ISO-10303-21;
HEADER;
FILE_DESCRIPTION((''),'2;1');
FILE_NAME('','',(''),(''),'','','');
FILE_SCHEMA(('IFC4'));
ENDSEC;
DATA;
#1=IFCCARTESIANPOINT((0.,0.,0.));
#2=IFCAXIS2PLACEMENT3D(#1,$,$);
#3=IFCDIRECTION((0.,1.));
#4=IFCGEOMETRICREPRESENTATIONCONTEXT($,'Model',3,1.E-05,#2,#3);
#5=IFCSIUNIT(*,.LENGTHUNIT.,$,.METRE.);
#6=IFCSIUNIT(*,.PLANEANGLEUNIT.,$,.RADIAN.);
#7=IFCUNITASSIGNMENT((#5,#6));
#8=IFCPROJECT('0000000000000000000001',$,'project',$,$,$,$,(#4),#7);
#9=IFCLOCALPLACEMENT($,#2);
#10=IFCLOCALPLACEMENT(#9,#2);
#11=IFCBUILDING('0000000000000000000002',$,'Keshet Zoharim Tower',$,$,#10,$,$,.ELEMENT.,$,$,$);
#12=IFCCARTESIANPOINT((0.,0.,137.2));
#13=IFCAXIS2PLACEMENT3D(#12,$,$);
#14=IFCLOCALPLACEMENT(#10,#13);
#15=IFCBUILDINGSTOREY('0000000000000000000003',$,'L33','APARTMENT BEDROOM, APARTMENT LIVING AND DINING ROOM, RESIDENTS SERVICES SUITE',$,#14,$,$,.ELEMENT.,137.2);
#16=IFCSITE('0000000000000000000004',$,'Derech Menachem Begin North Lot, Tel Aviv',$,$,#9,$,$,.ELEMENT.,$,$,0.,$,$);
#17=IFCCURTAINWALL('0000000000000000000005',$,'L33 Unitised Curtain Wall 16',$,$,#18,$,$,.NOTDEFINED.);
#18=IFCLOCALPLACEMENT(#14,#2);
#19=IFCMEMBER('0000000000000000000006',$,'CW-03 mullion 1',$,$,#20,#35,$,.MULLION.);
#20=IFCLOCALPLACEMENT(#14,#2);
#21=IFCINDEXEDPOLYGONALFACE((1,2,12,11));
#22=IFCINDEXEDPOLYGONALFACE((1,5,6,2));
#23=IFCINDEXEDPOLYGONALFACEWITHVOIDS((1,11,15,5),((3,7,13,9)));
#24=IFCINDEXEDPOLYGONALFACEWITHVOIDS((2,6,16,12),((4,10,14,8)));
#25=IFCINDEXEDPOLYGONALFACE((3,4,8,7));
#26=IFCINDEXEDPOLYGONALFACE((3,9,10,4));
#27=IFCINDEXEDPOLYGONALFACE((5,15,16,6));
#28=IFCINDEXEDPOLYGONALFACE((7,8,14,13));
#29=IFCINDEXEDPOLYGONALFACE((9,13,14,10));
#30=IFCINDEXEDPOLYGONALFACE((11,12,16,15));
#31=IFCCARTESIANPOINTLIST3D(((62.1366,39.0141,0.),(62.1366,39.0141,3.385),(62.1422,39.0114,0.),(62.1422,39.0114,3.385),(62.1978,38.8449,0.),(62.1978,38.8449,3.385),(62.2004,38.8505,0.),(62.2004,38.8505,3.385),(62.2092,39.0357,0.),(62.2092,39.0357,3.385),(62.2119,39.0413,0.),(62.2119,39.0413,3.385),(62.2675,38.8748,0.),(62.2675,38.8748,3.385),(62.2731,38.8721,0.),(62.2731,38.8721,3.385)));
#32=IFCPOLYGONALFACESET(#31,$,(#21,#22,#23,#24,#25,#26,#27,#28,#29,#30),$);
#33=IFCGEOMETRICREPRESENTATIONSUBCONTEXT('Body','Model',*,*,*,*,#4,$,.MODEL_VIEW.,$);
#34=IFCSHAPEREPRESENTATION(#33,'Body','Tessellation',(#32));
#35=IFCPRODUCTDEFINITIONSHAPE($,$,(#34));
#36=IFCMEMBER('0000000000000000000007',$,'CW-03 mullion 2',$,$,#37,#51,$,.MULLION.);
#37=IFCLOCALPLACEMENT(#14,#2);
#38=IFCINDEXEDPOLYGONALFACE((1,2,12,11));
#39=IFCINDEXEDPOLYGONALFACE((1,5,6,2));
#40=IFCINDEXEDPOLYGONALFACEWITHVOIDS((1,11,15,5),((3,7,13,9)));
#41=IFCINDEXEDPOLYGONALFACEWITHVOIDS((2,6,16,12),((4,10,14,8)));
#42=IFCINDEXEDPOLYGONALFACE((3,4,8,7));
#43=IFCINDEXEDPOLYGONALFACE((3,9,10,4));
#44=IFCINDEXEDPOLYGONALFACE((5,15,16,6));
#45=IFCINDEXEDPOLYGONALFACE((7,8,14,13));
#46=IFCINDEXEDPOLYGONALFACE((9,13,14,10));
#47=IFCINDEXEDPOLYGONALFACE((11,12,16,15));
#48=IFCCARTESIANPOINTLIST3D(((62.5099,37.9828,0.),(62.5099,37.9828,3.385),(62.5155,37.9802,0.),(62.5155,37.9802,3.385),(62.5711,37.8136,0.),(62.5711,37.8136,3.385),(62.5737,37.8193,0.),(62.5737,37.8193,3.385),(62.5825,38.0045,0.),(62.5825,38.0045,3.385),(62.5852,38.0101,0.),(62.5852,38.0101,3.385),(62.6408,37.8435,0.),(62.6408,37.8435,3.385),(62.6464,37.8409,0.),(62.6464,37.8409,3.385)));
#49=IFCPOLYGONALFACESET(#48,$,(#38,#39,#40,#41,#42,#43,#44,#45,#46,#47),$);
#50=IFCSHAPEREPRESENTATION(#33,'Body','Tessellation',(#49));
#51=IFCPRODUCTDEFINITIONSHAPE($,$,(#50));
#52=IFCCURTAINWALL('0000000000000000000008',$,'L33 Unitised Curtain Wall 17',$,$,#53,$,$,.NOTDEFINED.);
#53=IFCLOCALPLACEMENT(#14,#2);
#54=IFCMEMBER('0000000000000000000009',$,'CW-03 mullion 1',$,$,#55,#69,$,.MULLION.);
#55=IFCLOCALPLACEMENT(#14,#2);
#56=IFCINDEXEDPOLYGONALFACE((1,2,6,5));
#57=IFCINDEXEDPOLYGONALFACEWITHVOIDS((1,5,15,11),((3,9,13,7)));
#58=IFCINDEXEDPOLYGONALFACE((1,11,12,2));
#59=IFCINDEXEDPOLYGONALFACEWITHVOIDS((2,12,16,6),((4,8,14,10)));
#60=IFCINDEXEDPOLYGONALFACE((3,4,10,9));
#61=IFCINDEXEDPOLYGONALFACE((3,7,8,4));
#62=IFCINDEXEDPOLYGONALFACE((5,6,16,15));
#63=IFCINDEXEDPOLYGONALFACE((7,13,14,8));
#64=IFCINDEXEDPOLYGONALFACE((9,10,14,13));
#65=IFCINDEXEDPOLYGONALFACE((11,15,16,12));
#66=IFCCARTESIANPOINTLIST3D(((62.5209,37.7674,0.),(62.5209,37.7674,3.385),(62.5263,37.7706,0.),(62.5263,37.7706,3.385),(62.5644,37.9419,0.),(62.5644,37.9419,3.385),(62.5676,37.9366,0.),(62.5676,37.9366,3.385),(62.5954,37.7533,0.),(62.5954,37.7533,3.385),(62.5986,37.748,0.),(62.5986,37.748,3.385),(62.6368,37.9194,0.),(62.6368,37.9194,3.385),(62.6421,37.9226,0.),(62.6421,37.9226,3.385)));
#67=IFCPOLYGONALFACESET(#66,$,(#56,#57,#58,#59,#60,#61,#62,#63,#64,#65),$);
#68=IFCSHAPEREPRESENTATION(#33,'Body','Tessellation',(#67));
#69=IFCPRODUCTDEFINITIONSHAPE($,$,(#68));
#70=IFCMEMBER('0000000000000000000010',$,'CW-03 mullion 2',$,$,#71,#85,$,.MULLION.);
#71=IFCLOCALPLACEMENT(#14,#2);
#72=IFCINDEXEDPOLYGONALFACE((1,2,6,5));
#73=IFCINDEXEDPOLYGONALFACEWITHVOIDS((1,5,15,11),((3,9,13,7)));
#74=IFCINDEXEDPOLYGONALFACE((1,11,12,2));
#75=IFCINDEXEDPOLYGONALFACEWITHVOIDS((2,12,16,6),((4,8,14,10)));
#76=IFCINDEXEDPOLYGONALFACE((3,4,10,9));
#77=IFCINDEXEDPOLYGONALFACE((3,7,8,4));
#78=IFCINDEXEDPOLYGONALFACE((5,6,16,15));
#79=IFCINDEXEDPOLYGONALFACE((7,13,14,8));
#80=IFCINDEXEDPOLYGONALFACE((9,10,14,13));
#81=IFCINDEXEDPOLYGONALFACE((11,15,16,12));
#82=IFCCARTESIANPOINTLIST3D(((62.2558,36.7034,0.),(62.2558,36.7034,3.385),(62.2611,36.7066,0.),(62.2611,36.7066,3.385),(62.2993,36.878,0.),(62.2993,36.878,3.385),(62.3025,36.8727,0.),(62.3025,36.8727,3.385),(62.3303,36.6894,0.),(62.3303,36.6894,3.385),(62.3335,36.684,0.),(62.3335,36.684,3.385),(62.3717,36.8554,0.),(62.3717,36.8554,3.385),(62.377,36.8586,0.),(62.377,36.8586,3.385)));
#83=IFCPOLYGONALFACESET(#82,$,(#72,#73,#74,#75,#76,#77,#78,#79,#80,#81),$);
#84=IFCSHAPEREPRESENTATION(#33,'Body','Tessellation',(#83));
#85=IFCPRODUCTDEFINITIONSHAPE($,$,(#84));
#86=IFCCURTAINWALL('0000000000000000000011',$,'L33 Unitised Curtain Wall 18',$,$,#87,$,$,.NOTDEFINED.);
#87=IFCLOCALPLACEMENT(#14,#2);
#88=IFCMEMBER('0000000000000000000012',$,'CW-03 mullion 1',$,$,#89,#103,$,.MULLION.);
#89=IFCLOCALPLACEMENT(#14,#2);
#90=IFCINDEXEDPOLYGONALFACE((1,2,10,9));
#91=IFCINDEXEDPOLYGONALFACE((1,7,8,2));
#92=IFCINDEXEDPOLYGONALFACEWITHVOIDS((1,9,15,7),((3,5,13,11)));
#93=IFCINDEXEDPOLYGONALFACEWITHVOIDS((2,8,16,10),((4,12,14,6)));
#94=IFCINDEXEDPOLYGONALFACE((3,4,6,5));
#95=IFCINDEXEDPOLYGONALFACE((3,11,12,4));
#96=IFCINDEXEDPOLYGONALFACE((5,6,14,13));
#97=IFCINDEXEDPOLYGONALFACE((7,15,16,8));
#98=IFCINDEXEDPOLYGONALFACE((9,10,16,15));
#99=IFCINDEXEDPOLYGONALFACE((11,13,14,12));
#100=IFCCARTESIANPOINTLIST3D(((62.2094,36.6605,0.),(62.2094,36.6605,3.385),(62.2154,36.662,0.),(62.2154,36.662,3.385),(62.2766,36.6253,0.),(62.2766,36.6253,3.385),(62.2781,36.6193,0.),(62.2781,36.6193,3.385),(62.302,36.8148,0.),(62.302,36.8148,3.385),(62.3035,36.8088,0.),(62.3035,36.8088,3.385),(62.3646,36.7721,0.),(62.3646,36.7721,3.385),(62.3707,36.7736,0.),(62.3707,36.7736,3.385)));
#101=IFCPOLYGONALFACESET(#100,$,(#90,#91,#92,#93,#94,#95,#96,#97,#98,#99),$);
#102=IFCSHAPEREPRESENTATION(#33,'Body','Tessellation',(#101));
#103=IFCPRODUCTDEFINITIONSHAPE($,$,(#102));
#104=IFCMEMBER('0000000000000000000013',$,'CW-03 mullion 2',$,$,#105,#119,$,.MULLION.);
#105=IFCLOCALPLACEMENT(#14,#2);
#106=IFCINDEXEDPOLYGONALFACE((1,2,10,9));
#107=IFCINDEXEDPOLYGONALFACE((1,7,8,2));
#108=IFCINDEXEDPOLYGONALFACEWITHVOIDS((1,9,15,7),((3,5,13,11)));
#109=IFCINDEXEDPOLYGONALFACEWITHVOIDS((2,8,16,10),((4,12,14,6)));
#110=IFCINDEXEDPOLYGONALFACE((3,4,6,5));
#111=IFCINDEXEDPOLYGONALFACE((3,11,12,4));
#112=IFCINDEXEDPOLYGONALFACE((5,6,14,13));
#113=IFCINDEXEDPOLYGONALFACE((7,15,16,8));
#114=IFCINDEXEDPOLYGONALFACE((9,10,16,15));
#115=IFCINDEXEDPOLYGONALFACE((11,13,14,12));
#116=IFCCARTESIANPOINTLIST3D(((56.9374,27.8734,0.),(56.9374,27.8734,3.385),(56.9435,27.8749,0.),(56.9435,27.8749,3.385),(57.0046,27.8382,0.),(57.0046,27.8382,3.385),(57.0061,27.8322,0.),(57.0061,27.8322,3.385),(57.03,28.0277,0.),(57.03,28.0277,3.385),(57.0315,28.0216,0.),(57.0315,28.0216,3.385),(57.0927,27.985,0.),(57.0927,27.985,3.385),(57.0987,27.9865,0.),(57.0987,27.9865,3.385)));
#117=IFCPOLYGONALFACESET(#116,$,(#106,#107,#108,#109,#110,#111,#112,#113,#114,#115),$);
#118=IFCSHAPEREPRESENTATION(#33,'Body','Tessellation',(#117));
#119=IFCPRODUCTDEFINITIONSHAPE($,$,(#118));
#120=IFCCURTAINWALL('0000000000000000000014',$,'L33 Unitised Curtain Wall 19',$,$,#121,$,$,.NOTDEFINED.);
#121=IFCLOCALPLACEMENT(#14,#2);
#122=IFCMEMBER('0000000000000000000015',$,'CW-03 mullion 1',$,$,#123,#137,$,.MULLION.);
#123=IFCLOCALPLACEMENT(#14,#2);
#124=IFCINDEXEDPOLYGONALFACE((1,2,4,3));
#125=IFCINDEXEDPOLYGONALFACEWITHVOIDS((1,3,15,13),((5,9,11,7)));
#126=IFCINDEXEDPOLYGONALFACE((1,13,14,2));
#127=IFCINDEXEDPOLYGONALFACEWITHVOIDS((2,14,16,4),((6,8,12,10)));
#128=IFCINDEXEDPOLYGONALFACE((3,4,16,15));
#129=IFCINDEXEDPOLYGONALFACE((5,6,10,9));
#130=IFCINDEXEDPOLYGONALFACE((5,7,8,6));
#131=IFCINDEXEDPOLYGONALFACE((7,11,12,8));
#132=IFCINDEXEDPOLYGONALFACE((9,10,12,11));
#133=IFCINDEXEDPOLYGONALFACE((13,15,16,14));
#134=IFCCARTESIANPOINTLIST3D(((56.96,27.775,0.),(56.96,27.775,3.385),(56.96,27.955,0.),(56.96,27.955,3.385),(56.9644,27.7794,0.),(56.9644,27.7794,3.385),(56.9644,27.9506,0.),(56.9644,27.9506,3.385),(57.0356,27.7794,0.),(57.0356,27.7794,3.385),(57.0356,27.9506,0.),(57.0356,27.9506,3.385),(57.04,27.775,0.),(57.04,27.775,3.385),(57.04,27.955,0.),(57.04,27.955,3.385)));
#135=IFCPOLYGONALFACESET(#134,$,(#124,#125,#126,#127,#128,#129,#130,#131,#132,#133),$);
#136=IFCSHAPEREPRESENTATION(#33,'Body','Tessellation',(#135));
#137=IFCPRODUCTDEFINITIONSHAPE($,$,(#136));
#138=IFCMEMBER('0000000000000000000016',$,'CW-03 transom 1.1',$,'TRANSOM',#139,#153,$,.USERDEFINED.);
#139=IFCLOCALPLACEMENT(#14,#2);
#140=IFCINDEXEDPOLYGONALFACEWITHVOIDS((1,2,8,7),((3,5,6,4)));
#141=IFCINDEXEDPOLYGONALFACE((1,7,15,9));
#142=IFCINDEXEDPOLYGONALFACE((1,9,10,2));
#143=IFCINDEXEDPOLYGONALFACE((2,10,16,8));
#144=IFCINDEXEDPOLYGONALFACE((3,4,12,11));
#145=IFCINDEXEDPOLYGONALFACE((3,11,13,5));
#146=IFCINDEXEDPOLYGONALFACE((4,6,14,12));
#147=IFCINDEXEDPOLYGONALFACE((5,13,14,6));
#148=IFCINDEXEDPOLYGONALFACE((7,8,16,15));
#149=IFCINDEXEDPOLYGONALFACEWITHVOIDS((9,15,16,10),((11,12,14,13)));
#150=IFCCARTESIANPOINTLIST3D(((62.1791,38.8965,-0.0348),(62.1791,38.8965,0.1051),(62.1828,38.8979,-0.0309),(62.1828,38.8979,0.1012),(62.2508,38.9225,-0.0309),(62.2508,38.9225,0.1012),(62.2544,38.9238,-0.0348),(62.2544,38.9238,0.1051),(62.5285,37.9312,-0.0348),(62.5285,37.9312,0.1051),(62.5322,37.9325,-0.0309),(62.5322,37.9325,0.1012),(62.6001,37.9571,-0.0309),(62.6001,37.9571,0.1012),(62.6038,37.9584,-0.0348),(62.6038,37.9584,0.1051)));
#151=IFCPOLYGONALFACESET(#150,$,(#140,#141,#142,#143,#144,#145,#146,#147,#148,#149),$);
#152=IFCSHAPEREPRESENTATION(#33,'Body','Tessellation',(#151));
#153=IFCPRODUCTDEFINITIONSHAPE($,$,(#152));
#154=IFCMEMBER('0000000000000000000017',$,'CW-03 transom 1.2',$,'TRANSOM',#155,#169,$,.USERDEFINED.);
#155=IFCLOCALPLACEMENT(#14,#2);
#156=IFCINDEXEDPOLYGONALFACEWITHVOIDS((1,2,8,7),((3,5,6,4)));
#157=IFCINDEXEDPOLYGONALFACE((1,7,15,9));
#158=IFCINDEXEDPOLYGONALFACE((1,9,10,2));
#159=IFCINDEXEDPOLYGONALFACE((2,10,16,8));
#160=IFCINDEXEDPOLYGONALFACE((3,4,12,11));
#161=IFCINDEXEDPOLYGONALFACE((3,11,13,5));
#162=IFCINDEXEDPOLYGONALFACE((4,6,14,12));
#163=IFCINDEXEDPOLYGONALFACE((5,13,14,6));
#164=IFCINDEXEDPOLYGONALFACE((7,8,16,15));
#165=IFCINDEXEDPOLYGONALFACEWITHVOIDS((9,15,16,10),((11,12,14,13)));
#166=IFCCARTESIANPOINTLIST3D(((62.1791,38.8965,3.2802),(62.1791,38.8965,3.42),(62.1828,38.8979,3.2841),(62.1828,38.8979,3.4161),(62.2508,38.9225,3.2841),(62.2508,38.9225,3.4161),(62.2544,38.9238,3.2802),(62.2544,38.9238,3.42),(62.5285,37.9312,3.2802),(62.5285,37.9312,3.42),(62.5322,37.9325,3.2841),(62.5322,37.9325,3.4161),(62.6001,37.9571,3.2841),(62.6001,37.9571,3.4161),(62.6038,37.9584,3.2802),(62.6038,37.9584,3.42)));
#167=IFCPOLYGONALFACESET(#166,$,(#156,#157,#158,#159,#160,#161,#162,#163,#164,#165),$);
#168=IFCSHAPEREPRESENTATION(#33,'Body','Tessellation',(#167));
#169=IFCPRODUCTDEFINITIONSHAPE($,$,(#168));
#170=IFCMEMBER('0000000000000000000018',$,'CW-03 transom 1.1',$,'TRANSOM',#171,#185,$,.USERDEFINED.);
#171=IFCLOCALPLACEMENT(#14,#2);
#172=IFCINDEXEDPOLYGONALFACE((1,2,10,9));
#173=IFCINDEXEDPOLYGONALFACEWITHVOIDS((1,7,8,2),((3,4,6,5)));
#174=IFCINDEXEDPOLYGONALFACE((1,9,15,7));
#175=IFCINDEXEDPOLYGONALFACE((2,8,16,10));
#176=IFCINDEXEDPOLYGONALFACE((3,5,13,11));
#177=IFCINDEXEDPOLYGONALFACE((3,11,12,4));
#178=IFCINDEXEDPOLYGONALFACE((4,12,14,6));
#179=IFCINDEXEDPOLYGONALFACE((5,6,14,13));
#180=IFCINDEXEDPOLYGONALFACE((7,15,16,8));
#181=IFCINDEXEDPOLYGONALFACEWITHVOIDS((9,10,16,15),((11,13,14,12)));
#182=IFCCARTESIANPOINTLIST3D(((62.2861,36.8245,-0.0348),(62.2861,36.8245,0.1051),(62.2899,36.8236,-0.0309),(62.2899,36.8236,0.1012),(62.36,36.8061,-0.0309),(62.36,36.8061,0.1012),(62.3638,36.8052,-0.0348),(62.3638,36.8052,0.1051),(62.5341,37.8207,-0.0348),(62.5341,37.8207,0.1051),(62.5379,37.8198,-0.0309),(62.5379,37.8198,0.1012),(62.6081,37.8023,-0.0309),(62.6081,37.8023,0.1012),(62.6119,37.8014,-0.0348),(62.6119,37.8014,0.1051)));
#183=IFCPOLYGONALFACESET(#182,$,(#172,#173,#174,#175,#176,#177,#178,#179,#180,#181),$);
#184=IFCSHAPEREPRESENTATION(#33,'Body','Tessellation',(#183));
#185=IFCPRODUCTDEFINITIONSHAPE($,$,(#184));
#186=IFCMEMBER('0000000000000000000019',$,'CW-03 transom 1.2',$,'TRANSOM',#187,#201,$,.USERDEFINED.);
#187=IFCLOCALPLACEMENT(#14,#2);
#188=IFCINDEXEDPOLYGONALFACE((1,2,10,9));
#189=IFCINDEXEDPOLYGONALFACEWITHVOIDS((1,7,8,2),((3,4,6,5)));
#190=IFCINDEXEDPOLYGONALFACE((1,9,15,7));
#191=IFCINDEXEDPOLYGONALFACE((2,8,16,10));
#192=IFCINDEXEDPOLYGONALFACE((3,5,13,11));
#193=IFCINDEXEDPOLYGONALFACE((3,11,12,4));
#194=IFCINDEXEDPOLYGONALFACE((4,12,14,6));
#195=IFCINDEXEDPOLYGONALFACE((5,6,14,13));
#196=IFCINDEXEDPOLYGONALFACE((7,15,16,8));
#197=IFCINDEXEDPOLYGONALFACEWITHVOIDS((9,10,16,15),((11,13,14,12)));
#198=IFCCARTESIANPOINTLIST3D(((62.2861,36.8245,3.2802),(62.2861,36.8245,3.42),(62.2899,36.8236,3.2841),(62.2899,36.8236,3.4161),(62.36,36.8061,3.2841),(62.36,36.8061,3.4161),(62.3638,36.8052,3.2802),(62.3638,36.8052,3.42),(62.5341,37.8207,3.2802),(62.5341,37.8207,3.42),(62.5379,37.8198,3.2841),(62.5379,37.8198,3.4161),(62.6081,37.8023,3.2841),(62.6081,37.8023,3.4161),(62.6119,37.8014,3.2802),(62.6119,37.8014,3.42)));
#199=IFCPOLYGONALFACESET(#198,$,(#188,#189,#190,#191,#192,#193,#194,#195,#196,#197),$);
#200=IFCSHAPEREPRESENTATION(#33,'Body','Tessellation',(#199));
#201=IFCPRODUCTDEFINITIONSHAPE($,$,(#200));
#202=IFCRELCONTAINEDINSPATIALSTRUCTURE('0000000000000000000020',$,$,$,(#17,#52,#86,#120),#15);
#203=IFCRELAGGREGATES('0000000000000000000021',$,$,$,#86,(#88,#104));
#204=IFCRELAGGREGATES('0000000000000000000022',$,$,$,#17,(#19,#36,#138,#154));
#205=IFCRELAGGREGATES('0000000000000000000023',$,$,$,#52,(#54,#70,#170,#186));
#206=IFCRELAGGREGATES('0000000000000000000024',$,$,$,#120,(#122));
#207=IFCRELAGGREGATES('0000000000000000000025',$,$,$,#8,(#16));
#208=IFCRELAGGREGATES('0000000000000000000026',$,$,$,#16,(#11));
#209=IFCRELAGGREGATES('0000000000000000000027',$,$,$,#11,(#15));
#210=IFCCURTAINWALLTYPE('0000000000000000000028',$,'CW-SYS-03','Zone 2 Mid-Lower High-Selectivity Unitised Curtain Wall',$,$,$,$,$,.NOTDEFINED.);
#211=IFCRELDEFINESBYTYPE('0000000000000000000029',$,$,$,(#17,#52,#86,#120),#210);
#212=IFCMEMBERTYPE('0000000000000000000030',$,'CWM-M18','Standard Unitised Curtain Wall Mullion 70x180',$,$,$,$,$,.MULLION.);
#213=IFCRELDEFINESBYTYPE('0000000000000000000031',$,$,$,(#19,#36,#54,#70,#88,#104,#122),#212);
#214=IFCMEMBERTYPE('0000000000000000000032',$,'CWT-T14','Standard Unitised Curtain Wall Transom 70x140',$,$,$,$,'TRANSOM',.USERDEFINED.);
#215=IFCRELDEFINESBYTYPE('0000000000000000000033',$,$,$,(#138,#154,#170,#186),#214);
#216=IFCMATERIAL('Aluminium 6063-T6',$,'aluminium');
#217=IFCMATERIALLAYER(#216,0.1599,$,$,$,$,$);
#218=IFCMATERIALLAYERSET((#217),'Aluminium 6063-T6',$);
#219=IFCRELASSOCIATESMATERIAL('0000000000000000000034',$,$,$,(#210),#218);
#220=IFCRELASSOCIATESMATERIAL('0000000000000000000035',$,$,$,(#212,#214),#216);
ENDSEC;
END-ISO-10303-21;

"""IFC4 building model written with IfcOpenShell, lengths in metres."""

from ifc_helpers import new_model, si_unit, direction, frame, origin, origin_2d, place, context, subcontext, project, spatial, hollow_rectangle, extrude, material, layer, layer_set, material_profile, profile_set, type_object, element, aggregate, save


model = new_model("IFC4")

# Units and contexts
model_context = context("Model", 3, precision=1e-05, world=origin(), true_north=direction((0.0, 1.0)))
body_context = subcontext(model_context, "Body", "Model", "MODEL_VIEW")
ifc_project = project(units=[si_unit("LENGTHUNIT", "METRE"), si_unit("PLANEANGLEUNIT", "RADIAN")], contexts=[model_context])

# Site, building, storey
site_placement = place(None, origin())
site = spatial("IfcSite", under=ifc_project, at=site_placement, Name="Derech Menachem Begin North Lot, Tel Aviv", CompositionType="ELEMENT", RefElevation=0.0)
building_placement = place(site_placement, origin())
building = spatial("IfcBuilding", under=site, at=building_placement, Name="Keshet Zoharim Tower", CompositionType="ELEMENT")
storey_placement = place(building_placement, frame((0.0, 0.0, 137.2)))
storey = spatial("IfcBuildingStorey", under=building, at=storey_placement, Name="L33", Description="APARTMENT BEDROOM, APARTMENT LIVING AND DINING ROOM, RESIDENTS SERVICES SUITE", CompositionType="ELEMENT", Elevation=137.2)

# Shared definitions
ifc_material_1 = material(Name="Aluminium 6063-T6", Category="aluminium")
ifc_layer_1 = layer(ifc_material_1, 0.1599)
ifc_layer_set_1 = layer_set([ifc_layer_1], Name="Aluminium 6063-T6")
curtain_wall_type = type_object("IfcCurtainWallType", Name="CW-SYS-03", Description="Zone 2 Mid-Lower High-Selectivity Unitised Curtain Wall", PredefinedType="NOTDEFINED", material=ifc_layer_set_1)
ifc_material_profile_1 = material_profile(ifc_material_1, hollow_rectangle(XDim=0.0801, YDim=0.1799, WallThickness=0.0044, at=origin_2d()), Name="MUL-80x180")
ifc_profile_set_1 = profile_set([ifc_material_profile_1], Name="Aluminium 6063-T6")
member_type_1 = type_object("IfcMemberType", Name="CWM-M18", Description="Standard Unitised Curtain Wall Mullion 70x180", PredefinedType="MULLION", material=ifc_profile_set_1)

# Curtain walls, members
curtain_wall_1_placement = place(storey_placement, origin())
curtain_wall_1 = element("IfcCurtainWall", 1, at=curtain_wall_1_placement, inside=storey, type_object=curtain_wall_type, Name="L33 Unitised Curtain Wall 16", PredefinedType="NOTDEFINED")
member_1_placement = place(storey_placement, frame((62.2048, 38.9431, 0.0), z_axis=(0.0, 0.0, 1.0), x_axis=(0.940318, 0.340297, 0.0)))
member_1 = element("IfcMember", 2, at=member_1_placement, type_object=member_type_1, Name="CW-03 mullion 1", PredefinedType="MULLION", context=body_context, shape_type="SweptSolid", body=[
    extrude(hollow_rectangle(XDim=0.0801, YDim=0.1799, WallThickness=0.0044, at=origin_2d()), origin(), (0.0, 0.0, 1.0), 3.385),
])
member_2_placement = place(storey_placement, frame((62.5781, 37.9119, 0.0), z_axis=(0.0, 0.0, 1.0), x_axis=(0.940318, 0.340297, 0.0)))
member_2 = element("IfcMember", 3, at=member_2_placement, type_object=member_type_1, Name="CW-03 mullion 2", PredefinedType="MULLION", context=body_context, shape_type="SweptSolid", body=[
    extrude(hollow_rectangle(XDim=0.0801, YDim=0.1799, WallThickness=0.0044, at=origin_2d()), origin(), (0.0, 0.0, 1.0), 3.385),
])
curtain_wall_2_placement = place(storey_placement, origin())
curtain_wall_2 = element("IfcCurtainWall", 4, at=curtain_wall_2_placement, inside=storey, type_object=curtain_wall_type, Name="L33 Unitised Curtain Wall 17", PredefinedType="NOTDEFINED")
member_3_placement = place(storey_placement, frame((62.5815, 37.845, 0.0), z_axis=(0.0, 0.0, 1.0), x_axis=(0.970344, -0.241729, 0.0)))
member_3 = element("IfcMember", 5, at=member_3_placement, type_object=member_type_1, Name="CW-03 mullion 1", PredefinedType="MULLION", context=body_context, shape_type="SweptSolid", body=[
    extrude(hollow_rectangle(XDim=0.0801, YDim=0.1799, WallThickness=0.0044, at=origin_2d()), origin(), (0.0, 0.0, 1.0), 3.385),
])
member_4_placement = place(storey_placement, frame((62.3164, 36.781, 0.0), z_axis=(0.0, 0.0, 1.0), x_axis=(0.970344, -0.241729, 0.0)))
member_4 = element("IfcMember", 6, at=member_4_placement, type_object=member_type_1, Name="CW-03 mullion 2", PredefinedType="MULLION", context=body_context, shape_type="SweptSolid", body=[
    extrude(hollow_rectangle(XDim=0.0801, YDim=0.1799, WallThickness=0.0044, at=origin_2d()), origin(), (0.0, 0.0, 1.0), 3.385),
])
curtain_wall_3_placement = place(storey_placement, origin())
curtain_wall_3 = element("IfcCurtainWall", 7, at=curtain_wall_3_placement, inside=storey, type_object=curtain_wall_type, Name="L33 Unitised Curtain Wall 18", PredefinedType="NOTDEFINED")
member_5_placement = place(storey_placement, frame((62.29, 36.717, 0.0), z_axis=(0.0, 0.0, 1.0), x_axis=(0.857501, -0.514482, 0.0)))
member_5 = element("IfcMember", 8, at=member_5_placement, type_object=member_type_1, Name="CW-03 mullion 1", PredefinedType="MULLION", context=body_context, shape_type="SweptSolid", body=[
    extrude(hollow_rectangle(XDim=0.0801, YDim=0.1799, WallThickness=0.0044, at=origin_2d()), origin(), (0.0, 0.0, 1.0), 3.385),
])
member_6_placement = place(storey_placement, frame((57.0181, 27.9299, 0.0), z_axis=(0.0, 0.0, 1.0), x_axis=(0.857501, -0.514482, 0.0)))
member_6 = element("IfcMember", 9, at=member_6_placement, type_object=member_type_1, Name="CW-03 mullion 2", PredefinedType="MULLION", context=body_context, shape_type="SweptSolid", body=[
    extrude(hollow_rectangle(XDim=0.0801, YDim=0.1799, WallThickness=0.0044, at=origin_2d()), origin(), (0.0, 0.0, 1.0), 3.385),
])

# Curtain wall, member
curtain_wall_4_placement = place(storey_placement, origin())
curtain_wall_4 = element("IfcCurtainWall", 10, at=curtain_wall_4_placement, inside=storey, type_object=curtain_wall_type, Name="L33 Unitised Curtain Wall 19", PredefinedType="NOTDEFINED")
member_7_placement = place(storey_placement, frame((57.0, 27.865, 0.0), z_axis=(0.0, 0.0, 1.0), x_axis=(1.0, 0.0, 0.0)))
member_7 = element("IfcMember", 11, at=member_7_placement, type_object=member_type_1, Name="CW-03 mullion 1", PredefinedType="MULLION", context=body_context, shape_type="SweptSolid", body=[
    extrude(hollow_rectangle(XDim=0.0801, YDim=0.1799, WallThickness=0.0044, at=origin_2d()), origin(), (0.0, 0.0, 1.0), 3.385),
])

# Members
ifc_material_profile_2 = material_profile(ifc_material_1, hollow_rectangle(XDim=0.0801, YDim=0.1399, WallThickness=0.0039, at=origin_2d()), Name="TRN-80x140")
ifc_profile_set_2 = profile_set([ifc_material_profile_2], Name="Aluminium 6063-T6")
member_type_2 = type_object("IfcMemberType", Name="CWT-T14", Description="Standard Unitised Curtain Wall Transom 70x140", ElementType="TRANSOM", PredefinedType="USERDEFINED", material=ifc_profile_set_2)
member_8_placement = place(storey_placement, frame((62.2168, 38.9102, 0.0352), z_axis=(0.340311, -0.940313, 0.0), x_axis=(0.940313, 0.340311, 0.0)))
member_8 = element("IfcMember", 12, at=member_8_placement, type_object=member_type_2, Name="CW-03 transom 1.1", ObjectType="TRANSOM", PredefinedType="USERDEFINED", context=body_context, shape_type="SweptSolid", body=[
    extrude(hollow_rectangle(XDim=0.0801, YDim=0.1399, WallThickness=0.0039, at=origin_2d()), origin(), (0.0, 0.0, 1.0), 1.0266),
])
member_9_placement = place(storey_placement, frame((62.2168, 38.9102, 3.3501), z_axis=(0.340311, -0.940313, 0.0), x_axis=(0.940313, 0.340311, 0.0)))
member_9 = element("IfcMember", 13, at=member_9_placement, type_object=member_type_2, Name="CW-03 transom 1.2", ObjectType="TRANSOM", PredefinedType="USERDEFINED", context=body_context, shape_type="SweptSolid", body=[
    extrude(hollow_rectangle(XDim=0.0801, YDim=0.1399, WallThickness=0.0039, at=origin_2d()), origin(), (0.0, 0.0, 1.0), 1.0266),
])
member_10_placement = place(storey_placement, frame((62.573, 37.811, 0.0352), z_axis=(-0.24164, -0.970366, 0.0), x_axis=(0.970366, -0.24164, 0.0)))
member_10 = element("IfcMember", 14, at=member_10_placement, type_object=member_type_2, Name="CW-03 transom 1.1", ObjectType="TRANSOM", PredefinedType="USERDEFINED", context=body_context, shape_type="SweptSolid", body=[
    extrude(hollow_rectangle(XDim=0.0801, YDim=0.1399, WallThickness=0.0039, at=origin_2d()), origin(), (0.0, 0.0, 1.0), 1.0266),
])
member_11_placement = place(storey_placement, frame((62.573, 37.811, 3.3501), z_axis=(-0.24164, -0.970366, 0.0), x_axis=(0.970366, -0.24164, 0.0)))
member_11 = element("IfcMember", 15, at=member_11_placement, type_object=member_type_2, Name="CW-03 transom 1.2", ObjectType="TRANSOM", PredefinedType="USERDEFINED", context=body_context, shape_type="SweptSolid", body=[
    extrude(hollow_rectangle(XDim=0.0801, YDim=0.1399, WallThickness=0.0039, at=origin_2d()), origin(), (0.0, 0.0, 1.0), 1.0266),
])

aggregate(curtain_wall_3, [member_5, member_6])
aggregate(curtain_wall_1, [member_1, member_2, member_8, member_9])
aggregate(curtain_wall_2, [member_3, member_4, member_10, member_11])
aggregate(curtain_wall_4, [member_7])

save(model, "model.ifc")
